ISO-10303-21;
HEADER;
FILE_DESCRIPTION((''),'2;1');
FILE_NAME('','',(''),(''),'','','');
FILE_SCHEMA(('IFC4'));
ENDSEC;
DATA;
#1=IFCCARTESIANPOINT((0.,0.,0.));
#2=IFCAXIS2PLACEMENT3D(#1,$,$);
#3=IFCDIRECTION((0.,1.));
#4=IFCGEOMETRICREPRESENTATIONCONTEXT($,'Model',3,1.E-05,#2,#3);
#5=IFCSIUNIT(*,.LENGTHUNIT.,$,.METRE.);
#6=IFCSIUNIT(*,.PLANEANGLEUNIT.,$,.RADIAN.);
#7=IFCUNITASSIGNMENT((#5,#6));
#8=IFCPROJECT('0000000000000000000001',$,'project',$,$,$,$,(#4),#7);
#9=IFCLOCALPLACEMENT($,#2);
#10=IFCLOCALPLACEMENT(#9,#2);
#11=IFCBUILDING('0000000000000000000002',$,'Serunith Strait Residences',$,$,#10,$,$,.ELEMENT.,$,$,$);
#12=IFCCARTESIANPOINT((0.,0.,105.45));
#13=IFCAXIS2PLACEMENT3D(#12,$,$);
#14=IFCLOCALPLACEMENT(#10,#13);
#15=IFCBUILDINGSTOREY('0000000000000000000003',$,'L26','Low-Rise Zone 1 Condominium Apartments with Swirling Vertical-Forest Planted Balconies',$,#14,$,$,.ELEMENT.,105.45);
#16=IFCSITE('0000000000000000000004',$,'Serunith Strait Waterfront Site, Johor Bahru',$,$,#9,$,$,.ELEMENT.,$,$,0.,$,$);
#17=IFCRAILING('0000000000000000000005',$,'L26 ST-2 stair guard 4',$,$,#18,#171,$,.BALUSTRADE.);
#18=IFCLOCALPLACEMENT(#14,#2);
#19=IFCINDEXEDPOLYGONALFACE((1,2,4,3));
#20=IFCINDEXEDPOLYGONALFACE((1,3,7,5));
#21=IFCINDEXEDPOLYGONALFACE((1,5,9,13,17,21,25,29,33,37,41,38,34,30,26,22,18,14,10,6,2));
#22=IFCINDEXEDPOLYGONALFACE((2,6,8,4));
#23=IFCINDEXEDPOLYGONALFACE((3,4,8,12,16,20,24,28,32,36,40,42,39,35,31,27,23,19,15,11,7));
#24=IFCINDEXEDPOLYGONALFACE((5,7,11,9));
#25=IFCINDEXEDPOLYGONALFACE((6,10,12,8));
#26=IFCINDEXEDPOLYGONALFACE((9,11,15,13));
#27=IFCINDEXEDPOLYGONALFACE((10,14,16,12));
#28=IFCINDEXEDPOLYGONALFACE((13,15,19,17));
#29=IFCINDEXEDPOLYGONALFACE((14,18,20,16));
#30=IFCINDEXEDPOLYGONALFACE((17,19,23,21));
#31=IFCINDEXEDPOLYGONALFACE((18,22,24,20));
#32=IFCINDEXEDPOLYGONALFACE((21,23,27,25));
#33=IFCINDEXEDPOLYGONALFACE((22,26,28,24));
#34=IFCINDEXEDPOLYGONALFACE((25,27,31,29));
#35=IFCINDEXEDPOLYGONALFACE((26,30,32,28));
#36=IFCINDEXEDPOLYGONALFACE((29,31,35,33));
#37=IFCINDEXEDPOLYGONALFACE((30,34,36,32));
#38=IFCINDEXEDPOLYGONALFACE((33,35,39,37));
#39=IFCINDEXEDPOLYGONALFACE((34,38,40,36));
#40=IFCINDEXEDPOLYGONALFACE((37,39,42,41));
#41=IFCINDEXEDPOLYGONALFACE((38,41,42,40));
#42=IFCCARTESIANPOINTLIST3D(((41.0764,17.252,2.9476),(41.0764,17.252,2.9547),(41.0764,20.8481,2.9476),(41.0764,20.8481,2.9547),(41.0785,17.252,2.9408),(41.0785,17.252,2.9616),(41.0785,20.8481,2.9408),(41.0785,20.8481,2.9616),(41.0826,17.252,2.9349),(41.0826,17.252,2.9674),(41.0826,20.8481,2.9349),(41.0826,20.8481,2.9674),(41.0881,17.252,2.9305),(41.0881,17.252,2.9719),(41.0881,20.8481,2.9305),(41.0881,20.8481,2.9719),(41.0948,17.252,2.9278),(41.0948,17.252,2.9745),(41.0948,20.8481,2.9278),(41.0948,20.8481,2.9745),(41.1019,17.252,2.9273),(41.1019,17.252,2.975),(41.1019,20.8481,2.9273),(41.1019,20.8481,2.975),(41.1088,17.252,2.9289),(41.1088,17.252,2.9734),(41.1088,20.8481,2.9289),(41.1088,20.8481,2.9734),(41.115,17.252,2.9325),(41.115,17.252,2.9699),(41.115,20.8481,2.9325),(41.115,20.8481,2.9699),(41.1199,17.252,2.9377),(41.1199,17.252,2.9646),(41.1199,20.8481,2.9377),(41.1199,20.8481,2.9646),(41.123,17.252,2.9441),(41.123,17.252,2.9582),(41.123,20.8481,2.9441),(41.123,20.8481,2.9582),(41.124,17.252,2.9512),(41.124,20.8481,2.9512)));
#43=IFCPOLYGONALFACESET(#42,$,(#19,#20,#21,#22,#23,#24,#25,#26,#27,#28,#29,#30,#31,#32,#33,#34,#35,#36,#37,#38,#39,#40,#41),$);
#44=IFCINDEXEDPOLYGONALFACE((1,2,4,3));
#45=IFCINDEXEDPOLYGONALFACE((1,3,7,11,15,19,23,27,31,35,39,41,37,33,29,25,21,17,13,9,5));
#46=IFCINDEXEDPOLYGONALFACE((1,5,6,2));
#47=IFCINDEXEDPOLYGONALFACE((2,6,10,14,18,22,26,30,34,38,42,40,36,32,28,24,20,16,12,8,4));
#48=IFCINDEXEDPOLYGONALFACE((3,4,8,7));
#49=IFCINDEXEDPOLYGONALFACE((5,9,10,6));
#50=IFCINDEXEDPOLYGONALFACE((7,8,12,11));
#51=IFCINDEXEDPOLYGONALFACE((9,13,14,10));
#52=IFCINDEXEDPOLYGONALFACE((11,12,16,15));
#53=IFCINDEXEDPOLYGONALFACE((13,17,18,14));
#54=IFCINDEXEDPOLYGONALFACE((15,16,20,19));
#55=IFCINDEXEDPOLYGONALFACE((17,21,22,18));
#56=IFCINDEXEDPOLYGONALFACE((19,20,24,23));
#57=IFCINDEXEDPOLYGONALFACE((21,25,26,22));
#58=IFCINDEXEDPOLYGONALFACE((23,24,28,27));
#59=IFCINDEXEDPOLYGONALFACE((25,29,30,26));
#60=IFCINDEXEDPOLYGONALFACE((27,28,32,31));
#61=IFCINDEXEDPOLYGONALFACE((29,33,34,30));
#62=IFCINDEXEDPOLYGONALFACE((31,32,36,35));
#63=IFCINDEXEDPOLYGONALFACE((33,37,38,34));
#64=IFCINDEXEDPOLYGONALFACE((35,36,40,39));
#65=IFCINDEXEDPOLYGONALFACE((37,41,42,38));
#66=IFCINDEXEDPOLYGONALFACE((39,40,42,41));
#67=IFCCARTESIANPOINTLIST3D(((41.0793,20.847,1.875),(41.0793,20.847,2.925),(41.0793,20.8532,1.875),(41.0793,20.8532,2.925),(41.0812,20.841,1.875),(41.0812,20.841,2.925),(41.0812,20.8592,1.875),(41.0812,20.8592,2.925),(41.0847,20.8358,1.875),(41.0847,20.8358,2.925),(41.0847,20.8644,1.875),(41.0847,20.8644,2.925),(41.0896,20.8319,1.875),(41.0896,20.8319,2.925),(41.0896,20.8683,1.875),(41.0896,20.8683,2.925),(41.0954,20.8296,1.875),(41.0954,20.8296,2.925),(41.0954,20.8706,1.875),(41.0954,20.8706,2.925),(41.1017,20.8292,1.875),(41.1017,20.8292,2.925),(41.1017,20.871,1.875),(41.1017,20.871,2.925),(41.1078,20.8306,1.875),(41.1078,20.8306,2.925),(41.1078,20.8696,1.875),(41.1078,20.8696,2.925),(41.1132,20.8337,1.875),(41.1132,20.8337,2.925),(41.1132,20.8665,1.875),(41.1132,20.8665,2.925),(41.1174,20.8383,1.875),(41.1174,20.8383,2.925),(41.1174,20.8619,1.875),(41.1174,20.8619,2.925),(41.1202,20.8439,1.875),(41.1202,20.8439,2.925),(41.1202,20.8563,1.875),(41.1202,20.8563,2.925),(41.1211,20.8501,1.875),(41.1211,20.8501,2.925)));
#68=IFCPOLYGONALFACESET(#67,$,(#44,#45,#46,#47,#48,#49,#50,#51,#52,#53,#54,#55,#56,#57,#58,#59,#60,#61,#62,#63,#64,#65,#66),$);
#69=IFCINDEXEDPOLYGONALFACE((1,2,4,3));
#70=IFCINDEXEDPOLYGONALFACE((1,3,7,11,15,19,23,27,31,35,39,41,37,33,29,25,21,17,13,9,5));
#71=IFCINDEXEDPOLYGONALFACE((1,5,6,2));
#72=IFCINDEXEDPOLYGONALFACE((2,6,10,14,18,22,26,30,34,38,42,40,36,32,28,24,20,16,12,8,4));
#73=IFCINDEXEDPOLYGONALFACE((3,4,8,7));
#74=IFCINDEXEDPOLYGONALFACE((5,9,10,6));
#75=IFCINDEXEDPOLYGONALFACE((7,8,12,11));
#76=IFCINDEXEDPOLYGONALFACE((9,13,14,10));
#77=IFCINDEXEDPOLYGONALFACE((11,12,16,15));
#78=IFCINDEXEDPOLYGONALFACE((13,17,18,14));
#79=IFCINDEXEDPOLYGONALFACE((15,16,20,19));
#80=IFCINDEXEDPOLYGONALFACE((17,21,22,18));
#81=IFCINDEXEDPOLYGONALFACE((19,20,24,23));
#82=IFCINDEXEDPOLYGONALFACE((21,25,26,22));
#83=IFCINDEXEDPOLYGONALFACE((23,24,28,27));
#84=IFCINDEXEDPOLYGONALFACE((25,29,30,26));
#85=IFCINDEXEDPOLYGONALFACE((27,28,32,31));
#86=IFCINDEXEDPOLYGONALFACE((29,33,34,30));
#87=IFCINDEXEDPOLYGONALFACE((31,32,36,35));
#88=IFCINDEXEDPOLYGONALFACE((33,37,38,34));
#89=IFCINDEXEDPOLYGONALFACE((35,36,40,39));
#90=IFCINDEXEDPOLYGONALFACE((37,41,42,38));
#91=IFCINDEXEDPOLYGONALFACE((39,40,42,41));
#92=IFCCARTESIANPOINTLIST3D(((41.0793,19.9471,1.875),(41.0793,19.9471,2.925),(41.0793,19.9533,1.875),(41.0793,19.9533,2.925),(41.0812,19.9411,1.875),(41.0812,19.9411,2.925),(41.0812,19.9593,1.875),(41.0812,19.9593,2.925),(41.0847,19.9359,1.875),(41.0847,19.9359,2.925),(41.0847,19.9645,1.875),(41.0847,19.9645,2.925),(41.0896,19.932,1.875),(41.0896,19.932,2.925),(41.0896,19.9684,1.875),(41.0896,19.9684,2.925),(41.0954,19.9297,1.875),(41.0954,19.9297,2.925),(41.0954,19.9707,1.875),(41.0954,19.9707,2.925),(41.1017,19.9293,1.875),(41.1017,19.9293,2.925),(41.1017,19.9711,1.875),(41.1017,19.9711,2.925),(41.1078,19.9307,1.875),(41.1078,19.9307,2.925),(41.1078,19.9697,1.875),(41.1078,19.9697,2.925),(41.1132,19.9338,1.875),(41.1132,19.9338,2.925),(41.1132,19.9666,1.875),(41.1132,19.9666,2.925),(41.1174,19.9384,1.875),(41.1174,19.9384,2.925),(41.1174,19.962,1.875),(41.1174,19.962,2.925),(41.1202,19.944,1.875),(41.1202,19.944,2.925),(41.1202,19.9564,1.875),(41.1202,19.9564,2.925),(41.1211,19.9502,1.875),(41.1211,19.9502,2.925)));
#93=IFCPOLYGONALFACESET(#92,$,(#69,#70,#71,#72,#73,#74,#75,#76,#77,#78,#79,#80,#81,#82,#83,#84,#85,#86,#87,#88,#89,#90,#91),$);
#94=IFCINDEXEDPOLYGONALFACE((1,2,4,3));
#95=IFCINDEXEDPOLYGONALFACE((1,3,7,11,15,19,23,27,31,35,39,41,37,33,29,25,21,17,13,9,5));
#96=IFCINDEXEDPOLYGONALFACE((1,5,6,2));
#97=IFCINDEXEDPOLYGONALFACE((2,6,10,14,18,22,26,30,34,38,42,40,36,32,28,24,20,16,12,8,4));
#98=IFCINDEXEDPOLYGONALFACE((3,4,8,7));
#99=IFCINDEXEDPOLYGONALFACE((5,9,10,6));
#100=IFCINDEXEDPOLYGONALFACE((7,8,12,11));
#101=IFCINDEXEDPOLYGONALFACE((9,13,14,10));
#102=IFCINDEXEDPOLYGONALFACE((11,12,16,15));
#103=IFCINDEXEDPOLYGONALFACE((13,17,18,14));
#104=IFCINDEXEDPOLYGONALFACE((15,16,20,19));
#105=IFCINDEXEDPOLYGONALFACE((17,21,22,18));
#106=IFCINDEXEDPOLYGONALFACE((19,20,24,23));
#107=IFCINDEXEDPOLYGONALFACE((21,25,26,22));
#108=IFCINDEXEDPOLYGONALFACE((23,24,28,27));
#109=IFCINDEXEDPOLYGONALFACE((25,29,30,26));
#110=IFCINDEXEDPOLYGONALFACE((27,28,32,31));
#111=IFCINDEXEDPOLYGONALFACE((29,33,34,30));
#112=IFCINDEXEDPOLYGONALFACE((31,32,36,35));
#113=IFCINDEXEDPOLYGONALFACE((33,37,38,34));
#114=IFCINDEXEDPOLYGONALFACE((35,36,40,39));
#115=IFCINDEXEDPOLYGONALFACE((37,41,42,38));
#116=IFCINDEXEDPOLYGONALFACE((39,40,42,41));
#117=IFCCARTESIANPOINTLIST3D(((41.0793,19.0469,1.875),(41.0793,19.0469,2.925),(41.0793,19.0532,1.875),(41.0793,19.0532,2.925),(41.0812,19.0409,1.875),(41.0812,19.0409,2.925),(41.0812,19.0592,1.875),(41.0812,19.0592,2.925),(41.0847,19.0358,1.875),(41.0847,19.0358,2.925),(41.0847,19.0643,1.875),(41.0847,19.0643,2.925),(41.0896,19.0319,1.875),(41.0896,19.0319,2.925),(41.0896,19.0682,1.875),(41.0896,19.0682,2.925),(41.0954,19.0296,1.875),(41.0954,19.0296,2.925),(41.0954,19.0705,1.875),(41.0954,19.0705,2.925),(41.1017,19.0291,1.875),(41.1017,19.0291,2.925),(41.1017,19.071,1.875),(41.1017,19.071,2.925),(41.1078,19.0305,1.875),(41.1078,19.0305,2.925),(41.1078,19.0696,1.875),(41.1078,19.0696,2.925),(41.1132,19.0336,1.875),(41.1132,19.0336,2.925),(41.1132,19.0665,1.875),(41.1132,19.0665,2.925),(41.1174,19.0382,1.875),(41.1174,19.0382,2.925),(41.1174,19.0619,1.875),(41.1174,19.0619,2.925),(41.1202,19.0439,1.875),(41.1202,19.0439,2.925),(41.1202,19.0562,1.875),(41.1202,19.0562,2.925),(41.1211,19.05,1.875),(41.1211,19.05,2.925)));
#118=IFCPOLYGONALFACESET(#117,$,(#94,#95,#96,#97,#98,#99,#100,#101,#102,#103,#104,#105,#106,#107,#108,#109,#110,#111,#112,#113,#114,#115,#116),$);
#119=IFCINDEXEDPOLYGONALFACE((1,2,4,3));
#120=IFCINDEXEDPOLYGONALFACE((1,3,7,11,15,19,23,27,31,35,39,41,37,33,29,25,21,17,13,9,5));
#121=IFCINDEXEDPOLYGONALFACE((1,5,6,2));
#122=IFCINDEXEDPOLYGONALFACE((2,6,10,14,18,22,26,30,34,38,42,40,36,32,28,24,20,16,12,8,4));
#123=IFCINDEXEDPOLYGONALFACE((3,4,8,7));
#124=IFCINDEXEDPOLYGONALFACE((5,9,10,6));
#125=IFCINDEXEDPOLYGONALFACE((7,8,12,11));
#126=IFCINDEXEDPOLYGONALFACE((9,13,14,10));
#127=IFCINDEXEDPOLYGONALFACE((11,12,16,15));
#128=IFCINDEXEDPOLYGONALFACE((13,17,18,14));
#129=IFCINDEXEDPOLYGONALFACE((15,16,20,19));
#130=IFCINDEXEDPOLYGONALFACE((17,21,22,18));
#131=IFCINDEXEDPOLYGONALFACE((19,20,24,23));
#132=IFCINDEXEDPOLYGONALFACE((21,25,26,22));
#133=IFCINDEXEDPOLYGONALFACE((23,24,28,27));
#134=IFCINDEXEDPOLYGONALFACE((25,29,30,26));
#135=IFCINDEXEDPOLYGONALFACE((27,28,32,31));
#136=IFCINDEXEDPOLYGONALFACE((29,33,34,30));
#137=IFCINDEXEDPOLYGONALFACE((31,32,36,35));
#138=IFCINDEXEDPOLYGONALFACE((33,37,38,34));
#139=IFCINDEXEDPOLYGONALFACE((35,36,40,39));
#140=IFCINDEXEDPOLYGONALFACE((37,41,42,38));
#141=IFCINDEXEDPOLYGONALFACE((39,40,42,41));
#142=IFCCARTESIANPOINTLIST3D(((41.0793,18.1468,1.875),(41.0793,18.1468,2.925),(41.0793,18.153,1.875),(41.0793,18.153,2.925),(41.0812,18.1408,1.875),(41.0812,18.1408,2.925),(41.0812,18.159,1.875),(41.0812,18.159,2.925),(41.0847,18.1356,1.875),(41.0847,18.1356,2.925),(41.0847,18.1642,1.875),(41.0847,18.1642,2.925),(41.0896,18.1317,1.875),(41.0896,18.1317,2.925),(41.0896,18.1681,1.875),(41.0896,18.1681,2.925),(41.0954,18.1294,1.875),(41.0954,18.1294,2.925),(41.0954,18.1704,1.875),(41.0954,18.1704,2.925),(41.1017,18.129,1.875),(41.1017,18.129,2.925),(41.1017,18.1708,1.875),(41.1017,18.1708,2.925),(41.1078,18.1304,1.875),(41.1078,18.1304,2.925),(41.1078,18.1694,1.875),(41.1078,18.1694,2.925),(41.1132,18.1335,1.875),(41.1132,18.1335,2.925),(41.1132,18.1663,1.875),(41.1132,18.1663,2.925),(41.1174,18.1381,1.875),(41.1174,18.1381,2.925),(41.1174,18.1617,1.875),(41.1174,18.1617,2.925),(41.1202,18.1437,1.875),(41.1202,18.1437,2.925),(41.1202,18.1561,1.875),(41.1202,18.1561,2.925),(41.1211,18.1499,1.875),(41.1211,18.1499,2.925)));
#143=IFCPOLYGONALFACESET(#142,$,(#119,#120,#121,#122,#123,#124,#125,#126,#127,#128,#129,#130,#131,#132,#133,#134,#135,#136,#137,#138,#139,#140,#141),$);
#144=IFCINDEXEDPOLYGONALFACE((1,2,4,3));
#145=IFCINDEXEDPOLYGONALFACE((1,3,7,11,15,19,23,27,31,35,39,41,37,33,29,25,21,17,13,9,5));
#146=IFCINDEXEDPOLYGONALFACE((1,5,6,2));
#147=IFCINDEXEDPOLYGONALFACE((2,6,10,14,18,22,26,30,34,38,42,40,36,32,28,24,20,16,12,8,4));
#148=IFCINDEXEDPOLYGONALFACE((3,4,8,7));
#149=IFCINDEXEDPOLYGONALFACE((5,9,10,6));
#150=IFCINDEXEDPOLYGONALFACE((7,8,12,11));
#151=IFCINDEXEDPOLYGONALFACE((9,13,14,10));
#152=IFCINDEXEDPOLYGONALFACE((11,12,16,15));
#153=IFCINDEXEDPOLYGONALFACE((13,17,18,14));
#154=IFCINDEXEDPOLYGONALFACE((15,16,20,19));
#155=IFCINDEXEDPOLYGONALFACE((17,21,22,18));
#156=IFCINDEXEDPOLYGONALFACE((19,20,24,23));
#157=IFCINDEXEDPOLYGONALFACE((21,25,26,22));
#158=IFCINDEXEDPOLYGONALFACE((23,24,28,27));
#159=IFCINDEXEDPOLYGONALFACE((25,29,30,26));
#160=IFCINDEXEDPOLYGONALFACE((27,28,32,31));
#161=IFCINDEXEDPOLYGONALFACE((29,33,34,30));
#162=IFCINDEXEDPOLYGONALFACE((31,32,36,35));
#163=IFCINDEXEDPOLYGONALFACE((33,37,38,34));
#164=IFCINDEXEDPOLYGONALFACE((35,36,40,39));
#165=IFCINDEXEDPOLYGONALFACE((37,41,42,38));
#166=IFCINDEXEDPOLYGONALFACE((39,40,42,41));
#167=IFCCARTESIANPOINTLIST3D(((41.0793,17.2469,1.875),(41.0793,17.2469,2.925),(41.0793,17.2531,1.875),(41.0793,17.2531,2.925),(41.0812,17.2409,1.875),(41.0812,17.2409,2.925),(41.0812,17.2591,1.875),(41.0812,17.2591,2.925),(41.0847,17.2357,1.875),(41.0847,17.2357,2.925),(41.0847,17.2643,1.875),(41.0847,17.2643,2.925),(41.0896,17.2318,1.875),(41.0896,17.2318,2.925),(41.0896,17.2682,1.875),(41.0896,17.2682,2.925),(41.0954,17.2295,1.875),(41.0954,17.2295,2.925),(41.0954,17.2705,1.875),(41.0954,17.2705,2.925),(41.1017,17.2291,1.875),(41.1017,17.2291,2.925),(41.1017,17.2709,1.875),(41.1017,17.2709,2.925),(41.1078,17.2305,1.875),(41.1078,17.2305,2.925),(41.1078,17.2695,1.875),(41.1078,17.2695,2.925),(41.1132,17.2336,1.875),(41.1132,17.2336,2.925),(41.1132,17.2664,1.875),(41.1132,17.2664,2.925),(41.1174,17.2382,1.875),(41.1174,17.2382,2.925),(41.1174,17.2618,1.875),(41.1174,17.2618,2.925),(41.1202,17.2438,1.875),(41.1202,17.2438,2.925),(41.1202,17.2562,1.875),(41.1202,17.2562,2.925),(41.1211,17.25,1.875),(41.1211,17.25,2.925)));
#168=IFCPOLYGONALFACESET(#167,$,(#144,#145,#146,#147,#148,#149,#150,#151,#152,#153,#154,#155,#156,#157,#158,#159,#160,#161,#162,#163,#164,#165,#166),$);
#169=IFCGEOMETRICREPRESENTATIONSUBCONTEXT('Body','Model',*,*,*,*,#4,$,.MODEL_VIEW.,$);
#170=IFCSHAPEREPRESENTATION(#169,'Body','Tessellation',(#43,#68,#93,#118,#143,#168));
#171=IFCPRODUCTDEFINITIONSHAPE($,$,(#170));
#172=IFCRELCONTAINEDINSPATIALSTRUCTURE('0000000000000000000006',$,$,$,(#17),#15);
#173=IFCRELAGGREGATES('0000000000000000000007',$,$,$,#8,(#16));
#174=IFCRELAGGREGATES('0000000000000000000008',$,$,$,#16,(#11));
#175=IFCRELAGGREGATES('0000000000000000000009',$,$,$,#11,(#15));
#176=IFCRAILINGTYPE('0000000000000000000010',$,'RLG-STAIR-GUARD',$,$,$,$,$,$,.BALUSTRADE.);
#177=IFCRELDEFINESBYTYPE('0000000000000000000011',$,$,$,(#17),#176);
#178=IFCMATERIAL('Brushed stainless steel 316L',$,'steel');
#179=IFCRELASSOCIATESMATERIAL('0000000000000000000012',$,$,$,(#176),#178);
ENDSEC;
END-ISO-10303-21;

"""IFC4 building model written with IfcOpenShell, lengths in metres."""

from ifc_helpers import new_model, si_unit, direction, frame, origin, origin_2d, place, context, subcontext, project, spatial, circle, extrude, material, type_object, element, save


model = new_model("IFC4")

# Units and contexts
model_context = context("Model", 3, precision=1e-05, world=origin(), true_north=direction((0.0, 1.0)))
body_context = subcontext(model_context, "Body", "Model", "MODEL_VIEW")
ifc_project = project(units=[si_unit("LENGTHUNIT", "METRE"), si_unit("PLANEANGLEUNIT", "RADIAN")], contexts=[model_context])

# Site, building, storey
site_placement = place(None, origin())
site = spatial("IfcSite", under=ifc_project, at=site_placement, Name="Serunith Strait Waterfront Site, Johor Bahru", CompositionType="ELEMENT", RefElevation=0.0)
building_placement = place(site_placement, origin())
building = spatial("IfcBuilding", under=site, at=building_placement, Name="Serunith Strait Residences", CompositionType="ELEMENT")
storey_placement = place(building_placement, frame((0.0, 0.0, 105.45)))
storey = spatial("IfcBuildingStorey", under=building, at=storey_placement, Name="L26", Description="Low-Rise Zone 1 Condominium Apartments with Swirling Vertical-Forest Planted Balconies", CompositionType="ELEMENT", Elevation=105.45)

# Railing
ifc_material_1 = material(Name="Brushed stainless steel 316L", Category="steel")
railing_type_1 = type_object("IfcRailingType", Name="RLG-STAIR-GUARD", PredefinedType="BALUSTRADE", material=ifc_material_1)
for number, where, name in (
    (1, (41.1001, 20.8501, 1.875), "L26 ST-2 stair guard 4"),
):
    element("IfcRailing", number, at=place(storey_placement, frame(where)), inside=storey, type_object=railing_type_1, Name=name, PredefinedType="BALUSTRADE", context=body_context, shape_type="SweptSolid", body=[
        extrude(circle(Radius=0.0239, at=origin_2d()), frame((0.0, -0.002, 1.0762), z_axis=(0.0, -1.0, 0.0), x_axis=(1.0, 0.0, 0.0)), (0.0, 0.0, 1.0), 3.5962),
        extrude(circle(Radius=0.021, at=origin_2d()), origin(), (0.0, 0.0, 1.0), 1.05),
        extrude(circle(Radius=0.021, at=origin_2d()), frame((0.0, -0.8999, 0.0)), (0.0, 0.0, 1.0), 1.05),
        extrude(circle(Radius=0.021, at=origin_2d()), frame((0.0, -1.8, 0.0)), (0.0, 0.0, 1.0), 1.05),
        extrude(circle(Radius=0.021, at=origin_2d()), frame((0.0, -2.7002, 0.0)), (0.0, 0.0, 1.0), 1.05),
        extrude(circle(Radius=0.021, at=origin_2d()), frame((0.0, -3.6001, 0.0)), (0.0, 0.0, 1.0), 1.05),
    ])

save(model, "model.ifc")
